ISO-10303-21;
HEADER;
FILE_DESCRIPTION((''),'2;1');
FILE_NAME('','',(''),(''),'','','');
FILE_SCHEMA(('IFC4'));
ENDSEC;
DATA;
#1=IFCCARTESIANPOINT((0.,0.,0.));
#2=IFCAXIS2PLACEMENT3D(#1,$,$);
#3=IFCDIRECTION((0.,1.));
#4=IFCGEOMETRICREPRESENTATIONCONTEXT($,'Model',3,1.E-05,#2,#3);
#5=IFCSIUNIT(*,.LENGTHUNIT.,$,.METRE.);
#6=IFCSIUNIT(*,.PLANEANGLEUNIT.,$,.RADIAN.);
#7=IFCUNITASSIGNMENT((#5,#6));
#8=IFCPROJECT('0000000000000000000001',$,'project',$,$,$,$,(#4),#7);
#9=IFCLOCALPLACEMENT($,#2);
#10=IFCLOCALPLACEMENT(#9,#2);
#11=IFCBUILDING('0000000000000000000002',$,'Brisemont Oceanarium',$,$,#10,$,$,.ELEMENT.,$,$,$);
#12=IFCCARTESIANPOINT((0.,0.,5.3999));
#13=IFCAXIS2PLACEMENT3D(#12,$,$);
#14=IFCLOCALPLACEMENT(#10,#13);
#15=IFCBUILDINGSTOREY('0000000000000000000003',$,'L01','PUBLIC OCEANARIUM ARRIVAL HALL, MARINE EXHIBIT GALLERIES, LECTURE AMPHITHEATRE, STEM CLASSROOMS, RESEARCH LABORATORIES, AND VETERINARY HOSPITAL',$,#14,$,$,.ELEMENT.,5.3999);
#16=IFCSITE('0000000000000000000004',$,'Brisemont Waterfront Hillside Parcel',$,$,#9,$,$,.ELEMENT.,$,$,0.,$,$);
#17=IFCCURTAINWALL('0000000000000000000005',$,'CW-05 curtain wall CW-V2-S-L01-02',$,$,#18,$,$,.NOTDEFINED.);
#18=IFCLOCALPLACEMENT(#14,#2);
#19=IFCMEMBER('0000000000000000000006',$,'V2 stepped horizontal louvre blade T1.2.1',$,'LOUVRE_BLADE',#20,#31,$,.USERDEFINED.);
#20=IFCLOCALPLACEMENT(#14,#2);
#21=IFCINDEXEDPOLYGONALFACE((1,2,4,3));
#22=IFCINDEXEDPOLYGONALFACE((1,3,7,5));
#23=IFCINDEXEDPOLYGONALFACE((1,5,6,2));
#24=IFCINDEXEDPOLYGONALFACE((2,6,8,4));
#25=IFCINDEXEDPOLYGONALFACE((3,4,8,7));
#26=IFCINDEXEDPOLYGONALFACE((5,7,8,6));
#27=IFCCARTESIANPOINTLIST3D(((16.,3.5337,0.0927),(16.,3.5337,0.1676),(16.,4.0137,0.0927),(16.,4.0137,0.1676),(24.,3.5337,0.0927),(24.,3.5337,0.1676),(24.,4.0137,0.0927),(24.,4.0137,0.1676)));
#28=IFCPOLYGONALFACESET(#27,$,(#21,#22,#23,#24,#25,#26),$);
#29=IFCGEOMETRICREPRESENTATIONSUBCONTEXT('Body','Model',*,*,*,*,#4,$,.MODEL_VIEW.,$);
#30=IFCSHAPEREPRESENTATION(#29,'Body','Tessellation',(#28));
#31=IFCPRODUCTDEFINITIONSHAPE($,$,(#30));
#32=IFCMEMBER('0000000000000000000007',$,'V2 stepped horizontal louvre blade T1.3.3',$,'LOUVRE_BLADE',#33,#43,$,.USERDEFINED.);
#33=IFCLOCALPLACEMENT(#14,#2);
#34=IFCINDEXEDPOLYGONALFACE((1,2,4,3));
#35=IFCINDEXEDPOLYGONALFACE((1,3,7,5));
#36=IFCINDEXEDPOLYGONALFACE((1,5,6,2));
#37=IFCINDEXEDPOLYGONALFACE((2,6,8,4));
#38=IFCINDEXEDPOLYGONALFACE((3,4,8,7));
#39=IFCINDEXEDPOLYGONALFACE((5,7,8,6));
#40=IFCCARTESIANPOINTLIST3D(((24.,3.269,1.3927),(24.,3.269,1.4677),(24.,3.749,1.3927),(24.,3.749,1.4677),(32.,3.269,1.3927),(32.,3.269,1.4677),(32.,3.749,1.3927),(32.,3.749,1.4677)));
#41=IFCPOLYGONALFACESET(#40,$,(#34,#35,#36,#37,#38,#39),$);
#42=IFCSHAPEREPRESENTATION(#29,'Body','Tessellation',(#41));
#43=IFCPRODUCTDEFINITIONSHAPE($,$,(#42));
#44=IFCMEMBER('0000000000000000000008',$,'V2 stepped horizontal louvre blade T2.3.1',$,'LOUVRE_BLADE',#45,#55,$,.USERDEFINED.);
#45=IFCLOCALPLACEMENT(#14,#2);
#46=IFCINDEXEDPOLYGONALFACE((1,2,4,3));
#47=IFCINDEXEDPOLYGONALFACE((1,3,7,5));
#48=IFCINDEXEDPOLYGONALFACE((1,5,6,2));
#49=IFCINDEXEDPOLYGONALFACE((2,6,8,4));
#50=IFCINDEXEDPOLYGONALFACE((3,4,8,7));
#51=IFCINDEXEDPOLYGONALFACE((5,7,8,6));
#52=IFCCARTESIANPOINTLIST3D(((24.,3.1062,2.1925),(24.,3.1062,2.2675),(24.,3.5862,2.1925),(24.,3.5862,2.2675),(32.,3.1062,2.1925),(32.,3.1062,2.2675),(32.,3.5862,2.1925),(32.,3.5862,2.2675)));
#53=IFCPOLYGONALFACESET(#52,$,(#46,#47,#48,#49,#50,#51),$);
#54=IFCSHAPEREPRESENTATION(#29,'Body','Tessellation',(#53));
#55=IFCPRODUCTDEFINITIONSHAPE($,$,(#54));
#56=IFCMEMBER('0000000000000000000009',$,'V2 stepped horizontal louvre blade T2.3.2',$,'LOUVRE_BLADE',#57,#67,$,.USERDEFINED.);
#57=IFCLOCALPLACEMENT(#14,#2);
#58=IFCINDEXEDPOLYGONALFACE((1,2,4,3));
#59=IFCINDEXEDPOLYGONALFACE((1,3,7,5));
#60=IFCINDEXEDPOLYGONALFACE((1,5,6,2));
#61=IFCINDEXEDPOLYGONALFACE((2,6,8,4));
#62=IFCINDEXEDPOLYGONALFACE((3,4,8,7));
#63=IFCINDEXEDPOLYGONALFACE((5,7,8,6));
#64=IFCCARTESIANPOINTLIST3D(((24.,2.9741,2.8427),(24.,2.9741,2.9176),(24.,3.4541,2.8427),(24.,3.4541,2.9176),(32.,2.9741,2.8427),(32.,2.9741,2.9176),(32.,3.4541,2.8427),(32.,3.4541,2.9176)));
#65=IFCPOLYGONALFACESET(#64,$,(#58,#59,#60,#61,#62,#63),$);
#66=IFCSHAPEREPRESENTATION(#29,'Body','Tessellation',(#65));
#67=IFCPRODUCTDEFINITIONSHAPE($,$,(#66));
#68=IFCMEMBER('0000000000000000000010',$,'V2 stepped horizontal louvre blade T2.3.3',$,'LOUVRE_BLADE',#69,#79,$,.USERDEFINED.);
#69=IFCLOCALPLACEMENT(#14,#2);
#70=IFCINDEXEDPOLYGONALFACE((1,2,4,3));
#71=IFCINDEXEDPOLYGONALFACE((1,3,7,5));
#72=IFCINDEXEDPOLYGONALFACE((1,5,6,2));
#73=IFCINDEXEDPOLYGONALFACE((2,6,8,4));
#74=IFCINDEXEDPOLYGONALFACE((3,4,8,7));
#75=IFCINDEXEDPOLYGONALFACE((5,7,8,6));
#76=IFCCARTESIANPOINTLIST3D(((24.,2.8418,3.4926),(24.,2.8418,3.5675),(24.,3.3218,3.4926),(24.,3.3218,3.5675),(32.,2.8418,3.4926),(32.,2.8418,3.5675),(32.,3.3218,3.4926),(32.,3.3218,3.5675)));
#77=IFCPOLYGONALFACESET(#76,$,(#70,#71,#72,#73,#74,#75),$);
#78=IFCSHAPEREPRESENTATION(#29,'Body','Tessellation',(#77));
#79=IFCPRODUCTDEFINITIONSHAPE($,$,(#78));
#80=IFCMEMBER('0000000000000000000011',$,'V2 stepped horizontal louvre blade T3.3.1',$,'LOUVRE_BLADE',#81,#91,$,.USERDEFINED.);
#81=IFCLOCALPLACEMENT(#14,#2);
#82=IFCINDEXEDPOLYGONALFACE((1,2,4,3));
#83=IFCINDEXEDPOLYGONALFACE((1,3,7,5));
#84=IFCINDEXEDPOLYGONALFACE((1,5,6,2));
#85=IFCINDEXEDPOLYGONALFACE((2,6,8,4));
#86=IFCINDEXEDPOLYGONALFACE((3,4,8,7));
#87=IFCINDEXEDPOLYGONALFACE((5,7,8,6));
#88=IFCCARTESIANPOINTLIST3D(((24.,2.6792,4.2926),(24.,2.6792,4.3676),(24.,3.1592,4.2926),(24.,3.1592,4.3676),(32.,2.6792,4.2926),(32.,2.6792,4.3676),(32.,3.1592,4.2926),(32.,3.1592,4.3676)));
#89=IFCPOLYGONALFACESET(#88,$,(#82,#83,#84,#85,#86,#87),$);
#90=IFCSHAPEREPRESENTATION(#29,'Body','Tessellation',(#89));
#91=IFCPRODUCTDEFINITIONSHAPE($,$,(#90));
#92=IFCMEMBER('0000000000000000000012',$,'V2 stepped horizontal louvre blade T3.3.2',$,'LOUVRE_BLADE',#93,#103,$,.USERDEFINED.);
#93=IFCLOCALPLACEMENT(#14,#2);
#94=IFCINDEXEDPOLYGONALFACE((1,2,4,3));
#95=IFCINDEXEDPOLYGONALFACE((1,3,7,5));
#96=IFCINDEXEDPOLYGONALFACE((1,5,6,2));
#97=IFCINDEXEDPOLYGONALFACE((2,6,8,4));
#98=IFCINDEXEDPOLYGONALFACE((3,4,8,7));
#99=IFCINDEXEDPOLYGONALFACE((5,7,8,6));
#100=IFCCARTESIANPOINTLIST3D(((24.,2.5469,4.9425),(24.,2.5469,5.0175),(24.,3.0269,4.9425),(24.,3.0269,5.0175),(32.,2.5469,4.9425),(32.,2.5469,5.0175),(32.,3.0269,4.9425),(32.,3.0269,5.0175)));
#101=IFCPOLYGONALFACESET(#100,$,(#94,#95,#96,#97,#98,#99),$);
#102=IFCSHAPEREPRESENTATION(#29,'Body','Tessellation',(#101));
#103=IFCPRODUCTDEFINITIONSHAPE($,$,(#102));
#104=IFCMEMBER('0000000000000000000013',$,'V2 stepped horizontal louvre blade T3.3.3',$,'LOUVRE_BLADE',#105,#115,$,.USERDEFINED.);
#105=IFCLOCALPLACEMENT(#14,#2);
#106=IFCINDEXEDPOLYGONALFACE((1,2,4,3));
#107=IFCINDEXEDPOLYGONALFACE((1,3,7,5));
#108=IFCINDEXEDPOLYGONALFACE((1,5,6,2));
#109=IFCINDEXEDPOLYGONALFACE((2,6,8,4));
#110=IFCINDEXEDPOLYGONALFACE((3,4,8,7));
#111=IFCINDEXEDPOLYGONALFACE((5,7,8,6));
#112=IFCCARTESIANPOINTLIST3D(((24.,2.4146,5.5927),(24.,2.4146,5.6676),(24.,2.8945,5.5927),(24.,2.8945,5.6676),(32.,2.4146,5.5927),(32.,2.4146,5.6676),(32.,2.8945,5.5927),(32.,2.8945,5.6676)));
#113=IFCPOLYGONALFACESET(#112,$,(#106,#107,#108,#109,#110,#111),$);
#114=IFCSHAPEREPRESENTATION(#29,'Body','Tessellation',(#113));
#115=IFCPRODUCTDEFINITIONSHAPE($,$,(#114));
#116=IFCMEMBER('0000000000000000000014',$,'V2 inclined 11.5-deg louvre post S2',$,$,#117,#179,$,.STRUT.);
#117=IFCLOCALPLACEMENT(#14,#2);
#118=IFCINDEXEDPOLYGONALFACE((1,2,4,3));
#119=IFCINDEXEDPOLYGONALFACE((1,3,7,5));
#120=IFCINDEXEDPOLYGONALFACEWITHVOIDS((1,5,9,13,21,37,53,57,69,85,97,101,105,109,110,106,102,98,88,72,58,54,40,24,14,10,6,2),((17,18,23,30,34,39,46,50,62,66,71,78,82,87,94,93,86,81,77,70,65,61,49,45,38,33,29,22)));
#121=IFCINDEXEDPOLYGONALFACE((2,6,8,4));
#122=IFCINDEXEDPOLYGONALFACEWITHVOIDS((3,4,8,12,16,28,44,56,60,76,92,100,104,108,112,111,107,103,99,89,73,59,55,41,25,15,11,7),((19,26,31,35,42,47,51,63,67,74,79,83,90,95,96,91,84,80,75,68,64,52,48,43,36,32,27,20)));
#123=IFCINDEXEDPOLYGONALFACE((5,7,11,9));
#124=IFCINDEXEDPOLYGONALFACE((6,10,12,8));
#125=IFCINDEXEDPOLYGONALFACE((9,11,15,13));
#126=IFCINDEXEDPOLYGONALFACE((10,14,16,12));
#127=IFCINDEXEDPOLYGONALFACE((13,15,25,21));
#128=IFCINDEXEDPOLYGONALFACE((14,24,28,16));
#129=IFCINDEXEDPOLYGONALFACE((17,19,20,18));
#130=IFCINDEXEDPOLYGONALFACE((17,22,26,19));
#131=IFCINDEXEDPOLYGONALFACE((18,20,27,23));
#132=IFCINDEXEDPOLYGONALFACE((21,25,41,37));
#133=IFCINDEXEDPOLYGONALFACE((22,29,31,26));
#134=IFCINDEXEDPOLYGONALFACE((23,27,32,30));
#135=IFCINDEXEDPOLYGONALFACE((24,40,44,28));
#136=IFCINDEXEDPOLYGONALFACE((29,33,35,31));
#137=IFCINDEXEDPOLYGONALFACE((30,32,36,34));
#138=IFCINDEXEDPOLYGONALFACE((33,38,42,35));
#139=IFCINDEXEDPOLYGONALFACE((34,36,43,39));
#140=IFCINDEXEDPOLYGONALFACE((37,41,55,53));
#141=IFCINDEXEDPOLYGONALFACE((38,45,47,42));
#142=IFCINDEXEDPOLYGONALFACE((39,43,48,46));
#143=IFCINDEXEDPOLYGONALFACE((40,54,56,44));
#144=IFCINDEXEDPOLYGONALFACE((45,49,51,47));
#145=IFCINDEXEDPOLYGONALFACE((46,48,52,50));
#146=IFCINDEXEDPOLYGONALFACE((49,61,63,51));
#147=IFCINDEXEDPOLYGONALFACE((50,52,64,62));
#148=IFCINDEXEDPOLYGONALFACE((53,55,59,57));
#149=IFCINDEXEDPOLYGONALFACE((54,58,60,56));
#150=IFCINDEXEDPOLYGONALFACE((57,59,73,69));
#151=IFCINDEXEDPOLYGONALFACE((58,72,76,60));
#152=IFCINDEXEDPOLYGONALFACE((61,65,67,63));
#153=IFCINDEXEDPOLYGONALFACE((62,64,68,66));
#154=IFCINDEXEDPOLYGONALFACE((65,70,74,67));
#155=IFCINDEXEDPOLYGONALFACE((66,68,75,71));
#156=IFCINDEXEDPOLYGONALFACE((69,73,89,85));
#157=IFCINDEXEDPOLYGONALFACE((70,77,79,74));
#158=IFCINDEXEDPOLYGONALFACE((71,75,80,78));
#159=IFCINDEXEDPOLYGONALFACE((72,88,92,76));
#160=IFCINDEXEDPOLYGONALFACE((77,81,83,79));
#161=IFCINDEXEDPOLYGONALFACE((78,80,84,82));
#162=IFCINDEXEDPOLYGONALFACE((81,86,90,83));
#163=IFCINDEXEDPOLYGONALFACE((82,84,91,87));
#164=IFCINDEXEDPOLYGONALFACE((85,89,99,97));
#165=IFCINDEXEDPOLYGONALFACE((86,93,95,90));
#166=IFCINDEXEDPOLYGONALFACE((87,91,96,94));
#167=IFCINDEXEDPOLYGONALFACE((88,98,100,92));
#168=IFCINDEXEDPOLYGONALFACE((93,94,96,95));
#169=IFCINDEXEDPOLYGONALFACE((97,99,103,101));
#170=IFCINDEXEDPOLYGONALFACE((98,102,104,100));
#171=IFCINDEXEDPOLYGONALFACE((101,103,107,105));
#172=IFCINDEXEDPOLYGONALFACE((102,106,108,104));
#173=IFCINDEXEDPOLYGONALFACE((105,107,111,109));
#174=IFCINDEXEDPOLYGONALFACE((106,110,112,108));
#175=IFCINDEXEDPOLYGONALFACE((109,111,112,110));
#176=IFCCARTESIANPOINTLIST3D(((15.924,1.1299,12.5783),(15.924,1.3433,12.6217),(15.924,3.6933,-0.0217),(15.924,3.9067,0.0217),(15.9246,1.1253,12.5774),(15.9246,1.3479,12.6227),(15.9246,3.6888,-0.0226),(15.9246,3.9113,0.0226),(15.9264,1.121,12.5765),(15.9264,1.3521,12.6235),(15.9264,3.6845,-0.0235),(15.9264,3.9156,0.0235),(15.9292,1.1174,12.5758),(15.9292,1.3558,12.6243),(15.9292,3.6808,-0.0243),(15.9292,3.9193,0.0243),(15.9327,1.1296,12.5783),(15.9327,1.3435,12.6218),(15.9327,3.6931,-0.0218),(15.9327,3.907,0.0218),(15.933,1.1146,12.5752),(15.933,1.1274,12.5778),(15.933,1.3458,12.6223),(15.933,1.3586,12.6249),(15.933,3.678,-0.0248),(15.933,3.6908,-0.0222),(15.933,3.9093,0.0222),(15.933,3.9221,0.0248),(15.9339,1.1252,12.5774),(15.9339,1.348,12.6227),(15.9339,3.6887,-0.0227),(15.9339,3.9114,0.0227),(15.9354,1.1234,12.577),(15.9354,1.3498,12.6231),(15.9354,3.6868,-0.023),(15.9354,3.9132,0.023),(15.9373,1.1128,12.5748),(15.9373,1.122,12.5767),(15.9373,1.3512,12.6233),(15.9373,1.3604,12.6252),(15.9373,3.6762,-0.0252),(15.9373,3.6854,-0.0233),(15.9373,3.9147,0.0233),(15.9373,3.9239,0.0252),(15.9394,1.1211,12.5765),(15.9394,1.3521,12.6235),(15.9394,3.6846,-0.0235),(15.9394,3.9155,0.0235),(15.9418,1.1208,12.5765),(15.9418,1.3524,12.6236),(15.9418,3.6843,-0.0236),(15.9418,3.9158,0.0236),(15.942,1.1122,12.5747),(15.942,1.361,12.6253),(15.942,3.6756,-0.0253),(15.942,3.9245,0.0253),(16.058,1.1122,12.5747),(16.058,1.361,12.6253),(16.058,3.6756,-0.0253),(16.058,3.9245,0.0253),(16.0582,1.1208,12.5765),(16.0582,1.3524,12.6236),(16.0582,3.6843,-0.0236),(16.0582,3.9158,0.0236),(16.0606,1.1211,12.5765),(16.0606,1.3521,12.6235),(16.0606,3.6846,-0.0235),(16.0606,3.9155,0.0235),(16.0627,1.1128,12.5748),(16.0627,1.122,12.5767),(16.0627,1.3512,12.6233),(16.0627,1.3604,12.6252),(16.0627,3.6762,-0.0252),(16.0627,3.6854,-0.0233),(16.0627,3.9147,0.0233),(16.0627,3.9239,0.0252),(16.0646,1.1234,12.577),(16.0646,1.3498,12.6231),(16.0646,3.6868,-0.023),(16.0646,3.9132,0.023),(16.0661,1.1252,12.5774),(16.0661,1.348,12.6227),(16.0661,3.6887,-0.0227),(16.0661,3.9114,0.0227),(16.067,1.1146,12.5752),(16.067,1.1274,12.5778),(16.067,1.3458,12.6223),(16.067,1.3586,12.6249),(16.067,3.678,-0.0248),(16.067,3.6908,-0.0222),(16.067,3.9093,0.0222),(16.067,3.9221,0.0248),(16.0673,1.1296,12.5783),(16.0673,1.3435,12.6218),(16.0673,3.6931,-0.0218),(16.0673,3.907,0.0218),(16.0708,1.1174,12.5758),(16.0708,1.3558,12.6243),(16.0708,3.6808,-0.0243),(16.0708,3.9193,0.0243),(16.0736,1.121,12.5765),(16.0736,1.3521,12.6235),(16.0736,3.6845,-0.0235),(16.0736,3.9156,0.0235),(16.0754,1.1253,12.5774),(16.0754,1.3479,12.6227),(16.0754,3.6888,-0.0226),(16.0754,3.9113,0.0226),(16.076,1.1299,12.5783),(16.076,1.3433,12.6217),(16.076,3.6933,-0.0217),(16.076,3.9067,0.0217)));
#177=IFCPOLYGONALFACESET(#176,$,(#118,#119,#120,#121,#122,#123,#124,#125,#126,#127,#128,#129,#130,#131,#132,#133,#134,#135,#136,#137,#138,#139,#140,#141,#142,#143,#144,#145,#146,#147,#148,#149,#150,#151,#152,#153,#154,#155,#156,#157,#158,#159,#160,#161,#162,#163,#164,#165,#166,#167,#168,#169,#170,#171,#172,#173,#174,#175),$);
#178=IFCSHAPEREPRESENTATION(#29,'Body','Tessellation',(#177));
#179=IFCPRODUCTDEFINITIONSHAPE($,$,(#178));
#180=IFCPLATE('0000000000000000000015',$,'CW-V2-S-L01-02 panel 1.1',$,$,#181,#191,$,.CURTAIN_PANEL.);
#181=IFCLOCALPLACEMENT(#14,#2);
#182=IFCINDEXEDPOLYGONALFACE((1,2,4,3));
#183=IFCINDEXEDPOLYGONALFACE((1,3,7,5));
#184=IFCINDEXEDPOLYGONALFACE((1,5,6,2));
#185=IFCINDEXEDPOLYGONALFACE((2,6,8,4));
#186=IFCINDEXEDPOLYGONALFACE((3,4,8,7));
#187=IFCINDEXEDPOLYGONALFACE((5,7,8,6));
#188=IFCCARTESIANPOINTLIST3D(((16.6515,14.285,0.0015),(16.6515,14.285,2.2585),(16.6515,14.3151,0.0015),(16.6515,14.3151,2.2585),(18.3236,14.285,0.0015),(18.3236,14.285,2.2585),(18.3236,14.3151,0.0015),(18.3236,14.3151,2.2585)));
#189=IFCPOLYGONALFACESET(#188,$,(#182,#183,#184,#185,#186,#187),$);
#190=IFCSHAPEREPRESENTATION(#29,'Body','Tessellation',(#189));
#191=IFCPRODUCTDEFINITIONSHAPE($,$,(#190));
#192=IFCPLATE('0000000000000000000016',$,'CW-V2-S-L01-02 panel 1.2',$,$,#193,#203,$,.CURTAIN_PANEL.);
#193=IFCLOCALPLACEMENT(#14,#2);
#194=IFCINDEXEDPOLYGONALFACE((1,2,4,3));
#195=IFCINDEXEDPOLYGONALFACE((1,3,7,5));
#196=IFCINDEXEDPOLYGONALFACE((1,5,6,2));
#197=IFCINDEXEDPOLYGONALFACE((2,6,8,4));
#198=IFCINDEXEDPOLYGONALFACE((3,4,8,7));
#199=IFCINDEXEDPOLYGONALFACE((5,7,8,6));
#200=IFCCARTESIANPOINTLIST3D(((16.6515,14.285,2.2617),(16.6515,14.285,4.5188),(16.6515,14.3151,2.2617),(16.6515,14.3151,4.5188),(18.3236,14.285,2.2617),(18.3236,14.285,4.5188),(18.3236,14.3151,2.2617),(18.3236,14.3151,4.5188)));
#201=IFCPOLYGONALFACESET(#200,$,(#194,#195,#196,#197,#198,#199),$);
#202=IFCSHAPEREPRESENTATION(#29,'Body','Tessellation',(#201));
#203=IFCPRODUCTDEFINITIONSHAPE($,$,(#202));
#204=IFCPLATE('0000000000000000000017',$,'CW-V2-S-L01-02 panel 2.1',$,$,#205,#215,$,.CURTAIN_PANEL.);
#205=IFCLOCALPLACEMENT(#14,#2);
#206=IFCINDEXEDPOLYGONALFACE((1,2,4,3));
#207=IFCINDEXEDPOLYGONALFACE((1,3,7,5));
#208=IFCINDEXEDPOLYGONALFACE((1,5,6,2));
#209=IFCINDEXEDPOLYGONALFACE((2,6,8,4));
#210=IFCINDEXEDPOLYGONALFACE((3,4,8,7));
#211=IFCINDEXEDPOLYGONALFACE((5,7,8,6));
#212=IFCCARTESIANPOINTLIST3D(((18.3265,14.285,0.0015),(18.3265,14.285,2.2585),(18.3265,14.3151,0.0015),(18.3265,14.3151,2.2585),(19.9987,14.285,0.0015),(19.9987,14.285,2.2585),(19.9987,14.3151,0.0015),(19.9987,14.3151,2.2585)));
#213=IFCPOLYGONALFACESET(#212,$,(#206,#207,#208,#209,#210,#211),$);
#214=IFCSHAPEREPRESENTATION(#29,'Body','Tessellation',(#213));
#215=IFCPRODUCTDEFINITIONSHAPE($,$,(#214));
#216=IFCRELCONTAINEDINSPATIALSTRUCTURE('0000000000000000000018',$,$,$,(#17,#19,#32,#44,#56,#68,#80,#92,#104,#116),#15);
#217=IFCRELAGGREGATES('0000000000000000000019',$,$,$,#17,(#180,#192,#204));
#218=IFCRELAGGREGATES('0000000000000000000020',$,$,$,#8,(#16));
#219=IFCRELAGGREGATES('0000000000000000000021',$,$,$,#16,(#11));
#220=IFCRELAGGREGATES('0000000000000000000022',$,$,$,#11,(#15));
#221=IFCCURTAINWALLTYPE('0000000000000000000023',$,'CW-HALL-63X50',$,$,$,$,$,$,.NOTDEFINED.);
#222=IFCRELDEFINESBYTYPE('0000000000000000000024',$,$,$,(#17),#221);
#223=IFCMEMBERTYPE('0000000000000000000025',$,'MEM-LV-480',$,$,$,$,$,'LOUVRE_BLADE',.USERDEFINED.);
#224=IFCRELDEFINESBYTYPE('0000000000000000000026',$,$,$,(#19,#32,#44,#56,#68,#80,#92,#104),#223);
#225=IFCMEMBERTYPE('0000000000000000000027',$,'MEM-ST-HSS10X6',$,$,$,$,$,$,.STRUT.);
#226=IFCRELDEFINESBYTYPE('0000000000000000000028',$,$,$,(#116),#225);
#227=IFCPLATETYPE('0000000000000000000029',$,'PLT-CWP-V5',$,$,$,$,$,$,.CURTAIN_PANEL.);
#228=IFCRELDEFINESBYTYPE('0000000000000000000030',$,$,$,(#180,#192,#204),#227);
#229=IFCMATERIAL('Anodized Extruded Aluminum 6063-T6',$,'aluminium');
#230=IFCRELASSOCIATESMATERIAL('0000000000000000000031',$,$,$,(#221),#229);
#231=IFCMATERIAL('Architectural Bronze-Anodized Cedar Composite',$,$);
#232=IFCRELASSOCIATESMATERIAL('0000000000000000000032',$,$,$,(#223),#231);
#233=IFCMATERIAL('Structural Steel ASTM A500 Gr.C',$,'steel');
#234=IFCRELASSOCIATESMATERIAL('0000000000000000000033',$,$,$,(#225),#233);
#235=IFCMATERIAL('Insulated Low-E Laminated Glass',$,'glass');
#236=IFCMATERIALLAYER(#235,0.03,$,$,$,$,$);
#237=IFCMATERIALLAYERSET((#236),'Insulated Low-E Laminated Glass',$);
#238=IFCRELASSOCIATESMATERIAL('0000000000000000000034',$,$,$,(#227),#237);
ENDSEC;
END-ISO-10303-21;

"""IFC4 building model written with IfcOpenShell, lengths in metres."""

from ifc_helpers import new_model, si_unit, direction, frame, origin, origin_2d, place, context, subcontext, project, spatial, rectangle, hollow_rectangle, extrude, material, layer, layer_set, material_profile, profile_set, type_object, element, aggregate, save


model = new_model("IFC4")

# Units and contexts
model_context = context("Model", 3, precision=1e-05, world=origin(), true_north=direction((0.0, 1.0)))
body_context = subcontext(model_context, "Body", "Model", "MODEL_VIEW")
ifc_project = project(units=[si_unit("LENGTHUNIT", "METRE"), si_unit("PLANEANGLEUNIT", "RADIAN")], contexts=[model_context])

# Site, building, storey
site_placement = place(None, origin())
site = spatial("IfcSite", under=ifc_project, at=site_placement, Name="Brisemont Waterfront Hillside Parcel", CompositionType="ELEMENT", RefElevation=0.0)
building_placement = place(site_placement, origin())
building = spatial("IfcBuilding", under=site, at=building_placement, Name="Brisemont Oceanarium", CompositionType="ELEMENT")
storey_placement = place(building_placement, frame((0.0, 0.0, 5.3999)))
storey = spatial("IfcBuildingStorey", under=building, at=storey_placement, Name="L01", Description="PUBLIC OCEANARIUM ARRIVAL HALL, MARINE EXHIBIT GALLERIES, LECTURE AMPHITHEATRE, STEM CLASSROOMS, RESEARCH LABORATORIES, AND VETERINARY HOSPITAL", CompositionType="ELEMENT", Elevation=5.3999)

# Curtain wall
ifc_material_1 = material(Name="Anodized Extruded Aluminum 6063-T6", Category="aluminium")
curtain_wall_type = type_object("IfcCurtainWallType", Name="CW-HALL-63X50", PredefinedType="NOTDEFINED", material=ifc_material_1)
curtain_wall_placement = place(storey_placement, origin())
curtain_wall = element("IfcCurtainWall", 1, at=curtain_wall_placement, inside=storey, type_object=curtain_wall_type, Name="CW-05 curtain wall CW-V2-S-L01-02", PredefinedType="NOTDEFINED")

# Members
ifc_material_2 = material(Name="Architectural Bronze-Anodized Cedar Composite")
ifc_material_profile_1 = material_profile(ifc_material_2, rectangle(XDim=0.48, YDim=0.075, at=origin_2d()), Name="LOUVRE-480X75")
ifc_profile_set_1 = profile_set([ifc_material_profile_1], Name="Architectural Bronze-Anodized Cedar Composite")
member_type_1 = type_object("IfcMemberType", Name="MEM-LV-480", ElementType="LOUVRE_BLADE", PredefinedType="USERDEFINED", material=ifc_profile_set_1)
for number, where, z_axis, x_axis, name in (
    (2, (16.0, 3.7737, 0.1301), (1.0, 0.0, 0.0), (0.0, 1.0, 0.0), "V2 stepped horizontal louvre blade T1.2.1"),
    (3, (24.0, 3.509, 1.4302), (1.0, 0.0, 0.0), (0.0, 1.0, 0.0), "V2 stepped horizontal louvre blade T1.3.3"),
    (4, (24.0, 3.3462, 2.23), (1.0, 0.0, 0.0), (0.0, 1.0, 0.0), "V2 stepped horizontal louvre blade T2.3.1"),
    (5, (24.0, 3.2141, 2.8801), (1.0, 0.0, 0.0), (0.0, 1.0, 0.0), "V2 stepped horizontal louvre blade T2.3.2"),
    (6, (24.0, 3.0818, 3.53), (1.0, 0.0, 0.0), (0.0, 1.0, 0.0), "V2 stepped horizontal louvre blade T2.3.3"),
    (7, (24.0, 2.9192, 4.3301), (1.0, 0.0, 0.0), (0.0, 1.0, 0.0), "V2 stepped horizontal louvre blade T3.3.1"),
    (8, (24.0, 2.7869, 4.98), (1.0, 0.0, 0.0), (0.0, 1.0, 0.0), "V2 stepped horizontal louvre blade T3.3.2"),
    (9, (24.0, 2.6545, 5.6301), (1.0, 0.0, 0.0), (0.0, 1.0, 0.0), "V2 stepped horizontal louvre blade T3.3.3"),
):
    element("IfcMember", number, at=place(storey_placement, frame(where, z_axis=z_axis, x_axis=x_axis)), inside=storey, type_object=member_type_1, Name=name, ObjectType="LOUVRE_BLADE", PredefinedType="USERDEFINED", context=body_context, shape_type="SweptSolid", body=[
        extrude(rectangle(XDim=0.48, YDim=0.075, at=origin_2d()), origin(), (0.0, 0.0, 1.0), 8.0),
    ])
ifc_material_3 = material(Name="Structural Steel ASTM A500 Gr.C", Category="steel")
ifc_material_profile_2 = material_profile(ifc_material_3, hollow_rectangle(XDim=0.1521, YDim=0.2539, WallThickness=0.0088, InnerFilletRadius=0.009, OuterFilletRadius=0.0181, at=origin_2d()), Name="HSS10X6X3/8")
ifc_profile_set_2 = profile_set([ifc_material_profile_2], Name="Structural Steel ASTM A500 Gr.C")
member_type_2 = type_object("IfcMemberType", Name="MEM-ST-HSS10X6", PredefinedType="STRUT", material=ifc_profile_set_2)
member_1_placement = place(storey_placement, frame((16.0, 3.8, 0.0), z_axis=(0.0, -0.199365, 0.979925), x_axis=(1.0, 0.0, 0.0)))
element("IfcMember", 10, at=member_1_placement, inside=storey, type_object=member_type_2, Name="V2 inclined 11.5-deg louvre post S2", PredefinedType="STRUT", context=body_context, shape_type="SweptSolid", body=[
    extrude(hollow_rectangle(XDim=0.1521, YDim=0.2539, WallThickness=0.0088, InnerFilletRadius=0.009, OuterFilletRadius=0.0181, at=origin_2d()), origin(), (0.0, 0.0, 1.0), 12.8582),
])

# Plates
ifc_material_4 = material(Name="Insulated Low-E Laminated Glass", Category="glass")
ifc_layer_1 = layer(ifc_material_4, 0.03)
ifc_layer_set_1 = layer_set([ifc_layer_1], Name="Insulated Low-E Laminated Glass")
plate_type = type_object("IfcPlateType", Name="PLT-CWP-V5", PredefinedType="CURTAIN_PANEL", material=ifc_layer_set_1)
plate_1_placement = place(storey_placement, frame((17.4875, 14.3, 0.0015), z_axis=(0.0, 0.0, 1.0), x_axis=(1.0, 0.0, 0.0)))
plate_1 = element("IfcPlate", 11, at=plate_1_placement, type_object=plate_type, Name="CW-V2-S-L01-02 panel 1.1", PredefinedType="CURTAIN_PANEL", context=body_context, shape_type="SweptSolid", body=[
    extrude(rectangle(XDim=1.6721, YDim=0.03, at=origin_2d()), origin(), (0.0, 0.0, 1.0), 2.2571),
])
plate_2_placement = place(storey_placement, frame((17.4875, 14.3, 2.2617), z_axis=(0.0, 0.0, 1.0), x_axis=(1.0, 0.0, 0.0)))
plate_2 = element("IfcPlate", 12, at=plate_2_placement, type_object=plate_type, Name="CW-V2-S-L01-02 panel 1.2", PredefinedType="CURTAIN_PANEL", context=body_context, shape_type="SweptSolid", body=[
    extrude(rectangle(XDim=1.6721, YDim=0.03, at=origin_2d()), origin(), (0.0, 0.0, 1.0), 2.2571),
])
plate_3_placement = place(storey_placement, frame((19.1626, 14.3, 0.0015), z_axis=(0.0, 0.0, 1.0), x_axis=(1.0, 0.0, 0.0)))
plate_3 = element("IfcPlate", 13, at=plate_3_placement, type_object=plate_type, Name="CW-V2-S-L01-02 panel 2.1", PredefinedType="CURTAIN_PANEL", context=body_context, shape_type="SweptSolid", body=[
    extrude(rectangle(XDim=1.6721, YDim=0.03, at=origin_2d()), origin(), (0.0, 0.0, 1.0), 2.2571),
])
aggregate(curtain_wall, [plate_1, plate_2, plate_3])

save(model, "model.ifc")
